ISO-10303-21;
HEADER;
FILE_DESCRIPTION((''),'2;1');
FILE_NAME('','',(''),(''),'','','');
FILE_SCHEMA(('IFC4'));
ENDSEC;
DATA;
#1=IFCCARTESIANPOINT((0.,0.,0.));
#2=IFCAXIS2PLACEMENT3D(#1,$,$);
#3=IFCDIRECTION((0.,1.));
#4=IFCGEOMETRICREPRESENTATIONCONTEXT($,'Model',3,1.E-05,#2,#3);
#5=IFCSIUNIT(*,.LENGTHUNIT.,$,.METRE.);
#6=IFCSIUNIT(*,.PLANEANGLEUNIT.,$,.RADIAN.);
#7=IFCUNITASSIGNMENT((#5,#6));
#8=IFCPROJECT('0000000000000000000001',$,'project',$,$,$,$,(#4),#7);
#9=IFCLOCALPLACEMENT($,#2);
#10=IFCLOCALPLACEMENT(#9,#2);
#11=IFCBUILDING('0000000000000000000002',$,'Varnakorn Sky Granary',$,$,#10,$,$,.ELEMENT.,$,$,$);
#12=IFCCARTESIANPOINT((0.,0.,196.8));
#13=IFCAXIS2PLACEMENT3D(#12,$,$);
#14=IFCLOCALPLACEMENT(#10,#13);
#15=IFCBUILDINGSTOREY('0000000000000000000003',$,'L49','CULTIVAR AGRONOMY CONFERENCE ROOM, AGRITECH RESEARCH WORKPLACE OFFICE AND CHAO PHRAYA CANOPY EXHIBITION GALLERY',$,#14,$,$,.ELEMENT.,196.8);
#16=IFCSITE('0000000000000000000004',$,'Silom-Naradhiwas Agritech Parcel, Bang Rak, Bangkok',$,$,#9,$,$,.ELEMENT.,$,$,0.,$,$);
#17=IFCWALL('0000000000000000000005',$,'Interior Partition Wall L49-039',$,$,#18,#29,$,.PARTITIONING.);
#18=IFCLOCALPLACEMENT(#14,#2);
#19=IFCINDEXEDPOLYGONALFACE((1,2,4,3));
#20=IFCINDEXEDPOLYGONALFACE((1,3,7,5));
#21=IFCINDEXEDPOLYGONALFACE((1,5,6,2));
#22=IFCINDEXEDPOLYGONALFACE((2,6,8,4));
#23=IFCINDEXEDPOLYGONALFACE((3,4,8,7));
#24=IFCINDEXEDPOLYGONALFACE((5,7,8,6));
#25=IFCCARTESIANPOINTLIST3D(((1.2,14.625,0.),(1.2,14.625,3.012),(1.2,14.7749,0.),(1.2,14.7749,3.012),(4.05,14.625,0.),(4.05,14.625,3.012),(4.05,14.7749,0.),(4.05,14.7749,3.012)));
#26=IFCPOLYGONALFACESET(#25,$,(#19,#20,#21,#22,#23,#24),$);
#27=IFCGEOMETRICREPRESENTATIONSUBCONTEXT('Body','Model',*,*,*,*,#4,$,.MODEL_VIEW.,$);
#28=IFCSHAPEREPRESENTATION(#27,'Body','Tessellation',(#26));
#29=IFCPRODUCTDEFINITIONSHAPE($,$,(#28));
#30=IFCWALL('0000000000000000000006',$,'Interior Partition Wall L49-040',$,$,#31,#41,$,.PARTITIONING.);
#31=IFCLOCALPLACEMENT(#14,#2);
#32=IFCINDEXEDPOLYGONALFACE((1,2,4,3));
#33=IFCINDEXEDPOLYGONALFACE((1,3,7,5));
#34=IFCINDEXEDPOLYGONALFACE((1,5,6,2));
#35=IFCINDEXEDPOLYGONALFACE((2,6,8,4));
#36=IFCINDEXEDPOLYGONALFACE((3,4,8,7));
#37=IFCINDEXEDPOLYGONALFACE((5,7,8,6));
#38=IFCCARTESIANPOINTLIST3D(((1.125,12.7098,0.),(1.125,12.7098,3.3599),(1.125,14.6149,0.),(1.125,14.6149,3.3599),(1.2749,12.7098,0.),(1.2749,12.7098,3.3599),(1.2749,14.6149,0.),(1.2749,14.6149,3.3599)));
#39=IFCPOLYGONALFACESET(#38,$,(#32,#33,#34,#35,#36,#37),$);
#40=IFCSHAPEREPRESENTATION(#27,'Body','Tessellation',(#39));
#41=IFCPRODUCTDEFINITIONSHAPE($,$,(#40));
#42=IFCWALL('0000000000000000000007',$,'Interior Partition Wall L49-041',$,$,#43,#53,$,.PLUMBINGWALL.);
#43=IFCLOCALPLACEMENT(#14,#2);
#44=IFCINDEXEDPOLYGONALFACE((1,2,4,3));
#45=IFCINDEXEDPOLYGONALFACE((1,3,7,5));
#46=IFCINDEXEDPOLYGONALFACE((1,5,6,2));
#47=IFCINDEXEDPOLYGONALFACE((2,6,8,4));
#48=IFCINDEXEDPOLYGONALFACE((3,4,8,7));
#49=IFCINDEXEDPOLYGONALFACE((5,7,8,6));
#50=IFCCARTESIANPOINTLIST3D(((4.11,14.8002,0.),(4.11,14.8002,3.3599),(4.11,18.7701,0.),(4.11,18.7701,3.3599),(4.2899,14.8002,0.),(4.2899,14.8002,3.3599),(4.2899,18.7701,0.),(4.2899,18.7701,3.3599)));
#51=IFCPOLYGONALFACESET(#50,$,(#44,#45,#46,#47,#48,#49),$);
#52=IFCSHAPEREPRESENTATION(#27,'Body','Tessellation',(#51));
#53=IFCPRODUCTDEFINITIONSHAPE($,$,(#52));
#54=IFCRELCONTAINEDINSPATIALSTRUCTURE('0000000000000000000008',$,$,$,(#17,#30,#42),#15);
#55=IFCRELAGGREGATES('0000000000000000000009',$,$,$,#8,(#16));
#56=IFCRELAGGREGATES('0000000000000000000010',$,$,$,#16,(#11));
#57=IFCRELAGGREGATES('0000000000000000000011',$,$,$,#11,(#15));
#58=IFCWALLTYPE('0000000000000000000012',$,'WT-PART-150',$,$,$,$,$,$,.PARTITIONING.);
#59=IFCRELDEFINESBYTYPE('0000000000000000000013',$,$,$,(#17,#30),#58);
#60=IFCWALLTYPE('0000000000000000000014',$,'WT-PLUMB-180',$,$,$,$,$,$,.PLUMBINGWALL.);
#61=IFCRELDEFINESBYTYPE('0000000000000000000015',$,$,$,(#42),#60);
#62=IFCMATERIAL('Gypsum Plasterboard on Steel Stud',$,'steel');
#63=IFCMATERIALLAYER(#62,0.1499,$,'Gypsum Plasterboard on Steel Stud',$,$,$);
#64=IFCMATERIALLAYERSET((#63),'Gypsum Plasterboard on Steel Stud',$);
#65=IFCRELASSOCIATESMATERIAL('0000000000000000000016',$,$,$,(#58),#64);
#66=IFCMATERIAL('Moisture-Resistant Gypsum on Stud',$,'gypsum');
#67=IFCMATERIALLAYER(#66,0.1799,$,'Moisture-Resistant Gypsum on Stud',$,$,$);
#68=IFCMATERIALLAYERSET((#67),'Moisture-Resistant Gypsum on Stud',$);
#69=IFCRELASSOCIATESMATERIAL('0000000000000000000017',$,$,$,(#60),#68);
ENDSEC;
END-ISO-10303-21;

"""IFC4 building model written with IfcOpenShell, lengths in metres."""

from ifc_helpers import new_model, si_unit, direction, frame, frame_2d, origin, place, context, subcontext, project, spatial, rectangle, extrude, material, layer, layer_set, type_object, element, save


model = new_model("IFC4")

# Units and contexts
model_context = context("Model", 3, precision=1e-05, world=origin(), true_north=direction((0.0, 1.0)))
body_context = subcontext(model_context, "Body", "Model", "MODEL_VIEW")
ifc_project = project(units=[si_unit("LENGTHUNIT", "METRE"), si_unit("PLANEANGLEUNIT", "RADIAN")], contexts=[model_context])

# Site, building, storey
site_placement = place(None, origin())
site = spatial("IfcSite", under=ifc_project, at=site_placement, Name="Silom-Naradhiwas Agritech Parcel, Bang Rak, Bangkok", CompositionType="ELEMENT", RefElevation=0.0)
building_placement = place(site_placement, origin())
building = spatial("IfcBuilding", under=site, at=building_placement, Name="Varnakorn Sky Granary", CompositionType="ELEMENT")
storey_placement = place(building_placement, frame((0.0, 0.0, 196.8)))
storey = spatial("IfcBuildingStorey", under=building, at=storey_placement, Name="L49", Description="CULTIVAR AGRONOMY CONFERENCE ROOM, AGRITECH RESEARCH WORKPLACE OFFICE AND CHAO PHRAYA CANOPY EXHIBITION GALLERY", CompositionType="ELEMENT", Elevation=196.8)

# Walls
ifc_material_1 = material(Name="Gypsum Plasterboard on Steel Stud", Category="steel")
ifc_layer_1 = layer(ifc_material_1, 0.1499, Name="Gypsum Plasterboard on Steel Stud")
ifc_layer_set_1 = layer_set([ifc_layer_1], Name="Gypsum Plasterboard on Steel Stud")
wall_type_1 = type_object("IfcWallType", Name="WT-PART-150", PredefinedType="PARTITIONING", material=ifc_layer_set_1)
wall_1_placement = place(storey_placement, frame((4.05, 14.7, 0.0), z_axis=(0.0, 0.0, 1.0), x_axis=(-1.0, 0.0, 0.0)))
element("IfcWall", 1, at=wall_1_placement, inside=storey, type_object=wall_type_1, Name="Interior Partition Wall L49-039", PredefinedType="PARTITIONING", context=body_context, shape_type="SweptSolid", body=[
    extrude(rectangle(XDim=2.8501, YDim=0.1499, at=frame_2d((1.425, 0.0))), origin(), (0.0, 0.0, 1.0), 3.012),
])
wall_2_placement = place(storey_placement, frame((1.2, 14.615, 0.0), z_axis=(0.0, 0.0, 1.0), x_axis=(0.0, -1.0, 0.0)))
element("IfcWall", 2, at=wall_2_placement, inside=storey, type_object=wall_type_1, Name="Interior Partition Wall L49-040", PredefinedType="PARTITIONING", context=body_context, shape_type="SweptSolid", body=[
    extrude(rectangle(XDim=1.905, YDim=0.1499, at=frame_2d((0.9526, 0.0))), origin(), (0.0, 0.0, 1.0), 3.3599),
])
ifc_material_2 = material(Name="Moisture-Resistant Gypsum on Stud", Category="gypsum")
ifc_layer_2 = layer(ifc_material_2, 0.1799, Name="Moisture-Resistant Gypsum on Stud")
ifc_layer_set_2 = layer_set([ifc_layer_2], Name="Moisture-Resistant Gypsum on Stud")
wall_type_2 = type_object("IfcWallType", Name="WT-PLUMB-180", PredefinedType="PLUMBINGWALL", material=ifc_layer_set_2)
wall_3_placement = place(storey_placement, frame((4.2, 18.77, 0.0), z_axis=(0.0, 0.0, 1.0), x_axis=(0.0, -1.0, 0.0)))
element("IfcWall", 3, at=wall_3_placement, inside=storey, type_object=wall_type_2, Name="Interior Partition Wall L49-041", PredefinedType="PLUMBINGWALL", context=body_context, shape_type="SweptSolid", body=[
    extrude(rectangle(XDim=3.97, YDim=0.1799, at=frame_2d((1.9849, 0.0))), origin(), (0.0, 0.0, 1.0), 3.3599),
])

save(model, "model.ifc")
